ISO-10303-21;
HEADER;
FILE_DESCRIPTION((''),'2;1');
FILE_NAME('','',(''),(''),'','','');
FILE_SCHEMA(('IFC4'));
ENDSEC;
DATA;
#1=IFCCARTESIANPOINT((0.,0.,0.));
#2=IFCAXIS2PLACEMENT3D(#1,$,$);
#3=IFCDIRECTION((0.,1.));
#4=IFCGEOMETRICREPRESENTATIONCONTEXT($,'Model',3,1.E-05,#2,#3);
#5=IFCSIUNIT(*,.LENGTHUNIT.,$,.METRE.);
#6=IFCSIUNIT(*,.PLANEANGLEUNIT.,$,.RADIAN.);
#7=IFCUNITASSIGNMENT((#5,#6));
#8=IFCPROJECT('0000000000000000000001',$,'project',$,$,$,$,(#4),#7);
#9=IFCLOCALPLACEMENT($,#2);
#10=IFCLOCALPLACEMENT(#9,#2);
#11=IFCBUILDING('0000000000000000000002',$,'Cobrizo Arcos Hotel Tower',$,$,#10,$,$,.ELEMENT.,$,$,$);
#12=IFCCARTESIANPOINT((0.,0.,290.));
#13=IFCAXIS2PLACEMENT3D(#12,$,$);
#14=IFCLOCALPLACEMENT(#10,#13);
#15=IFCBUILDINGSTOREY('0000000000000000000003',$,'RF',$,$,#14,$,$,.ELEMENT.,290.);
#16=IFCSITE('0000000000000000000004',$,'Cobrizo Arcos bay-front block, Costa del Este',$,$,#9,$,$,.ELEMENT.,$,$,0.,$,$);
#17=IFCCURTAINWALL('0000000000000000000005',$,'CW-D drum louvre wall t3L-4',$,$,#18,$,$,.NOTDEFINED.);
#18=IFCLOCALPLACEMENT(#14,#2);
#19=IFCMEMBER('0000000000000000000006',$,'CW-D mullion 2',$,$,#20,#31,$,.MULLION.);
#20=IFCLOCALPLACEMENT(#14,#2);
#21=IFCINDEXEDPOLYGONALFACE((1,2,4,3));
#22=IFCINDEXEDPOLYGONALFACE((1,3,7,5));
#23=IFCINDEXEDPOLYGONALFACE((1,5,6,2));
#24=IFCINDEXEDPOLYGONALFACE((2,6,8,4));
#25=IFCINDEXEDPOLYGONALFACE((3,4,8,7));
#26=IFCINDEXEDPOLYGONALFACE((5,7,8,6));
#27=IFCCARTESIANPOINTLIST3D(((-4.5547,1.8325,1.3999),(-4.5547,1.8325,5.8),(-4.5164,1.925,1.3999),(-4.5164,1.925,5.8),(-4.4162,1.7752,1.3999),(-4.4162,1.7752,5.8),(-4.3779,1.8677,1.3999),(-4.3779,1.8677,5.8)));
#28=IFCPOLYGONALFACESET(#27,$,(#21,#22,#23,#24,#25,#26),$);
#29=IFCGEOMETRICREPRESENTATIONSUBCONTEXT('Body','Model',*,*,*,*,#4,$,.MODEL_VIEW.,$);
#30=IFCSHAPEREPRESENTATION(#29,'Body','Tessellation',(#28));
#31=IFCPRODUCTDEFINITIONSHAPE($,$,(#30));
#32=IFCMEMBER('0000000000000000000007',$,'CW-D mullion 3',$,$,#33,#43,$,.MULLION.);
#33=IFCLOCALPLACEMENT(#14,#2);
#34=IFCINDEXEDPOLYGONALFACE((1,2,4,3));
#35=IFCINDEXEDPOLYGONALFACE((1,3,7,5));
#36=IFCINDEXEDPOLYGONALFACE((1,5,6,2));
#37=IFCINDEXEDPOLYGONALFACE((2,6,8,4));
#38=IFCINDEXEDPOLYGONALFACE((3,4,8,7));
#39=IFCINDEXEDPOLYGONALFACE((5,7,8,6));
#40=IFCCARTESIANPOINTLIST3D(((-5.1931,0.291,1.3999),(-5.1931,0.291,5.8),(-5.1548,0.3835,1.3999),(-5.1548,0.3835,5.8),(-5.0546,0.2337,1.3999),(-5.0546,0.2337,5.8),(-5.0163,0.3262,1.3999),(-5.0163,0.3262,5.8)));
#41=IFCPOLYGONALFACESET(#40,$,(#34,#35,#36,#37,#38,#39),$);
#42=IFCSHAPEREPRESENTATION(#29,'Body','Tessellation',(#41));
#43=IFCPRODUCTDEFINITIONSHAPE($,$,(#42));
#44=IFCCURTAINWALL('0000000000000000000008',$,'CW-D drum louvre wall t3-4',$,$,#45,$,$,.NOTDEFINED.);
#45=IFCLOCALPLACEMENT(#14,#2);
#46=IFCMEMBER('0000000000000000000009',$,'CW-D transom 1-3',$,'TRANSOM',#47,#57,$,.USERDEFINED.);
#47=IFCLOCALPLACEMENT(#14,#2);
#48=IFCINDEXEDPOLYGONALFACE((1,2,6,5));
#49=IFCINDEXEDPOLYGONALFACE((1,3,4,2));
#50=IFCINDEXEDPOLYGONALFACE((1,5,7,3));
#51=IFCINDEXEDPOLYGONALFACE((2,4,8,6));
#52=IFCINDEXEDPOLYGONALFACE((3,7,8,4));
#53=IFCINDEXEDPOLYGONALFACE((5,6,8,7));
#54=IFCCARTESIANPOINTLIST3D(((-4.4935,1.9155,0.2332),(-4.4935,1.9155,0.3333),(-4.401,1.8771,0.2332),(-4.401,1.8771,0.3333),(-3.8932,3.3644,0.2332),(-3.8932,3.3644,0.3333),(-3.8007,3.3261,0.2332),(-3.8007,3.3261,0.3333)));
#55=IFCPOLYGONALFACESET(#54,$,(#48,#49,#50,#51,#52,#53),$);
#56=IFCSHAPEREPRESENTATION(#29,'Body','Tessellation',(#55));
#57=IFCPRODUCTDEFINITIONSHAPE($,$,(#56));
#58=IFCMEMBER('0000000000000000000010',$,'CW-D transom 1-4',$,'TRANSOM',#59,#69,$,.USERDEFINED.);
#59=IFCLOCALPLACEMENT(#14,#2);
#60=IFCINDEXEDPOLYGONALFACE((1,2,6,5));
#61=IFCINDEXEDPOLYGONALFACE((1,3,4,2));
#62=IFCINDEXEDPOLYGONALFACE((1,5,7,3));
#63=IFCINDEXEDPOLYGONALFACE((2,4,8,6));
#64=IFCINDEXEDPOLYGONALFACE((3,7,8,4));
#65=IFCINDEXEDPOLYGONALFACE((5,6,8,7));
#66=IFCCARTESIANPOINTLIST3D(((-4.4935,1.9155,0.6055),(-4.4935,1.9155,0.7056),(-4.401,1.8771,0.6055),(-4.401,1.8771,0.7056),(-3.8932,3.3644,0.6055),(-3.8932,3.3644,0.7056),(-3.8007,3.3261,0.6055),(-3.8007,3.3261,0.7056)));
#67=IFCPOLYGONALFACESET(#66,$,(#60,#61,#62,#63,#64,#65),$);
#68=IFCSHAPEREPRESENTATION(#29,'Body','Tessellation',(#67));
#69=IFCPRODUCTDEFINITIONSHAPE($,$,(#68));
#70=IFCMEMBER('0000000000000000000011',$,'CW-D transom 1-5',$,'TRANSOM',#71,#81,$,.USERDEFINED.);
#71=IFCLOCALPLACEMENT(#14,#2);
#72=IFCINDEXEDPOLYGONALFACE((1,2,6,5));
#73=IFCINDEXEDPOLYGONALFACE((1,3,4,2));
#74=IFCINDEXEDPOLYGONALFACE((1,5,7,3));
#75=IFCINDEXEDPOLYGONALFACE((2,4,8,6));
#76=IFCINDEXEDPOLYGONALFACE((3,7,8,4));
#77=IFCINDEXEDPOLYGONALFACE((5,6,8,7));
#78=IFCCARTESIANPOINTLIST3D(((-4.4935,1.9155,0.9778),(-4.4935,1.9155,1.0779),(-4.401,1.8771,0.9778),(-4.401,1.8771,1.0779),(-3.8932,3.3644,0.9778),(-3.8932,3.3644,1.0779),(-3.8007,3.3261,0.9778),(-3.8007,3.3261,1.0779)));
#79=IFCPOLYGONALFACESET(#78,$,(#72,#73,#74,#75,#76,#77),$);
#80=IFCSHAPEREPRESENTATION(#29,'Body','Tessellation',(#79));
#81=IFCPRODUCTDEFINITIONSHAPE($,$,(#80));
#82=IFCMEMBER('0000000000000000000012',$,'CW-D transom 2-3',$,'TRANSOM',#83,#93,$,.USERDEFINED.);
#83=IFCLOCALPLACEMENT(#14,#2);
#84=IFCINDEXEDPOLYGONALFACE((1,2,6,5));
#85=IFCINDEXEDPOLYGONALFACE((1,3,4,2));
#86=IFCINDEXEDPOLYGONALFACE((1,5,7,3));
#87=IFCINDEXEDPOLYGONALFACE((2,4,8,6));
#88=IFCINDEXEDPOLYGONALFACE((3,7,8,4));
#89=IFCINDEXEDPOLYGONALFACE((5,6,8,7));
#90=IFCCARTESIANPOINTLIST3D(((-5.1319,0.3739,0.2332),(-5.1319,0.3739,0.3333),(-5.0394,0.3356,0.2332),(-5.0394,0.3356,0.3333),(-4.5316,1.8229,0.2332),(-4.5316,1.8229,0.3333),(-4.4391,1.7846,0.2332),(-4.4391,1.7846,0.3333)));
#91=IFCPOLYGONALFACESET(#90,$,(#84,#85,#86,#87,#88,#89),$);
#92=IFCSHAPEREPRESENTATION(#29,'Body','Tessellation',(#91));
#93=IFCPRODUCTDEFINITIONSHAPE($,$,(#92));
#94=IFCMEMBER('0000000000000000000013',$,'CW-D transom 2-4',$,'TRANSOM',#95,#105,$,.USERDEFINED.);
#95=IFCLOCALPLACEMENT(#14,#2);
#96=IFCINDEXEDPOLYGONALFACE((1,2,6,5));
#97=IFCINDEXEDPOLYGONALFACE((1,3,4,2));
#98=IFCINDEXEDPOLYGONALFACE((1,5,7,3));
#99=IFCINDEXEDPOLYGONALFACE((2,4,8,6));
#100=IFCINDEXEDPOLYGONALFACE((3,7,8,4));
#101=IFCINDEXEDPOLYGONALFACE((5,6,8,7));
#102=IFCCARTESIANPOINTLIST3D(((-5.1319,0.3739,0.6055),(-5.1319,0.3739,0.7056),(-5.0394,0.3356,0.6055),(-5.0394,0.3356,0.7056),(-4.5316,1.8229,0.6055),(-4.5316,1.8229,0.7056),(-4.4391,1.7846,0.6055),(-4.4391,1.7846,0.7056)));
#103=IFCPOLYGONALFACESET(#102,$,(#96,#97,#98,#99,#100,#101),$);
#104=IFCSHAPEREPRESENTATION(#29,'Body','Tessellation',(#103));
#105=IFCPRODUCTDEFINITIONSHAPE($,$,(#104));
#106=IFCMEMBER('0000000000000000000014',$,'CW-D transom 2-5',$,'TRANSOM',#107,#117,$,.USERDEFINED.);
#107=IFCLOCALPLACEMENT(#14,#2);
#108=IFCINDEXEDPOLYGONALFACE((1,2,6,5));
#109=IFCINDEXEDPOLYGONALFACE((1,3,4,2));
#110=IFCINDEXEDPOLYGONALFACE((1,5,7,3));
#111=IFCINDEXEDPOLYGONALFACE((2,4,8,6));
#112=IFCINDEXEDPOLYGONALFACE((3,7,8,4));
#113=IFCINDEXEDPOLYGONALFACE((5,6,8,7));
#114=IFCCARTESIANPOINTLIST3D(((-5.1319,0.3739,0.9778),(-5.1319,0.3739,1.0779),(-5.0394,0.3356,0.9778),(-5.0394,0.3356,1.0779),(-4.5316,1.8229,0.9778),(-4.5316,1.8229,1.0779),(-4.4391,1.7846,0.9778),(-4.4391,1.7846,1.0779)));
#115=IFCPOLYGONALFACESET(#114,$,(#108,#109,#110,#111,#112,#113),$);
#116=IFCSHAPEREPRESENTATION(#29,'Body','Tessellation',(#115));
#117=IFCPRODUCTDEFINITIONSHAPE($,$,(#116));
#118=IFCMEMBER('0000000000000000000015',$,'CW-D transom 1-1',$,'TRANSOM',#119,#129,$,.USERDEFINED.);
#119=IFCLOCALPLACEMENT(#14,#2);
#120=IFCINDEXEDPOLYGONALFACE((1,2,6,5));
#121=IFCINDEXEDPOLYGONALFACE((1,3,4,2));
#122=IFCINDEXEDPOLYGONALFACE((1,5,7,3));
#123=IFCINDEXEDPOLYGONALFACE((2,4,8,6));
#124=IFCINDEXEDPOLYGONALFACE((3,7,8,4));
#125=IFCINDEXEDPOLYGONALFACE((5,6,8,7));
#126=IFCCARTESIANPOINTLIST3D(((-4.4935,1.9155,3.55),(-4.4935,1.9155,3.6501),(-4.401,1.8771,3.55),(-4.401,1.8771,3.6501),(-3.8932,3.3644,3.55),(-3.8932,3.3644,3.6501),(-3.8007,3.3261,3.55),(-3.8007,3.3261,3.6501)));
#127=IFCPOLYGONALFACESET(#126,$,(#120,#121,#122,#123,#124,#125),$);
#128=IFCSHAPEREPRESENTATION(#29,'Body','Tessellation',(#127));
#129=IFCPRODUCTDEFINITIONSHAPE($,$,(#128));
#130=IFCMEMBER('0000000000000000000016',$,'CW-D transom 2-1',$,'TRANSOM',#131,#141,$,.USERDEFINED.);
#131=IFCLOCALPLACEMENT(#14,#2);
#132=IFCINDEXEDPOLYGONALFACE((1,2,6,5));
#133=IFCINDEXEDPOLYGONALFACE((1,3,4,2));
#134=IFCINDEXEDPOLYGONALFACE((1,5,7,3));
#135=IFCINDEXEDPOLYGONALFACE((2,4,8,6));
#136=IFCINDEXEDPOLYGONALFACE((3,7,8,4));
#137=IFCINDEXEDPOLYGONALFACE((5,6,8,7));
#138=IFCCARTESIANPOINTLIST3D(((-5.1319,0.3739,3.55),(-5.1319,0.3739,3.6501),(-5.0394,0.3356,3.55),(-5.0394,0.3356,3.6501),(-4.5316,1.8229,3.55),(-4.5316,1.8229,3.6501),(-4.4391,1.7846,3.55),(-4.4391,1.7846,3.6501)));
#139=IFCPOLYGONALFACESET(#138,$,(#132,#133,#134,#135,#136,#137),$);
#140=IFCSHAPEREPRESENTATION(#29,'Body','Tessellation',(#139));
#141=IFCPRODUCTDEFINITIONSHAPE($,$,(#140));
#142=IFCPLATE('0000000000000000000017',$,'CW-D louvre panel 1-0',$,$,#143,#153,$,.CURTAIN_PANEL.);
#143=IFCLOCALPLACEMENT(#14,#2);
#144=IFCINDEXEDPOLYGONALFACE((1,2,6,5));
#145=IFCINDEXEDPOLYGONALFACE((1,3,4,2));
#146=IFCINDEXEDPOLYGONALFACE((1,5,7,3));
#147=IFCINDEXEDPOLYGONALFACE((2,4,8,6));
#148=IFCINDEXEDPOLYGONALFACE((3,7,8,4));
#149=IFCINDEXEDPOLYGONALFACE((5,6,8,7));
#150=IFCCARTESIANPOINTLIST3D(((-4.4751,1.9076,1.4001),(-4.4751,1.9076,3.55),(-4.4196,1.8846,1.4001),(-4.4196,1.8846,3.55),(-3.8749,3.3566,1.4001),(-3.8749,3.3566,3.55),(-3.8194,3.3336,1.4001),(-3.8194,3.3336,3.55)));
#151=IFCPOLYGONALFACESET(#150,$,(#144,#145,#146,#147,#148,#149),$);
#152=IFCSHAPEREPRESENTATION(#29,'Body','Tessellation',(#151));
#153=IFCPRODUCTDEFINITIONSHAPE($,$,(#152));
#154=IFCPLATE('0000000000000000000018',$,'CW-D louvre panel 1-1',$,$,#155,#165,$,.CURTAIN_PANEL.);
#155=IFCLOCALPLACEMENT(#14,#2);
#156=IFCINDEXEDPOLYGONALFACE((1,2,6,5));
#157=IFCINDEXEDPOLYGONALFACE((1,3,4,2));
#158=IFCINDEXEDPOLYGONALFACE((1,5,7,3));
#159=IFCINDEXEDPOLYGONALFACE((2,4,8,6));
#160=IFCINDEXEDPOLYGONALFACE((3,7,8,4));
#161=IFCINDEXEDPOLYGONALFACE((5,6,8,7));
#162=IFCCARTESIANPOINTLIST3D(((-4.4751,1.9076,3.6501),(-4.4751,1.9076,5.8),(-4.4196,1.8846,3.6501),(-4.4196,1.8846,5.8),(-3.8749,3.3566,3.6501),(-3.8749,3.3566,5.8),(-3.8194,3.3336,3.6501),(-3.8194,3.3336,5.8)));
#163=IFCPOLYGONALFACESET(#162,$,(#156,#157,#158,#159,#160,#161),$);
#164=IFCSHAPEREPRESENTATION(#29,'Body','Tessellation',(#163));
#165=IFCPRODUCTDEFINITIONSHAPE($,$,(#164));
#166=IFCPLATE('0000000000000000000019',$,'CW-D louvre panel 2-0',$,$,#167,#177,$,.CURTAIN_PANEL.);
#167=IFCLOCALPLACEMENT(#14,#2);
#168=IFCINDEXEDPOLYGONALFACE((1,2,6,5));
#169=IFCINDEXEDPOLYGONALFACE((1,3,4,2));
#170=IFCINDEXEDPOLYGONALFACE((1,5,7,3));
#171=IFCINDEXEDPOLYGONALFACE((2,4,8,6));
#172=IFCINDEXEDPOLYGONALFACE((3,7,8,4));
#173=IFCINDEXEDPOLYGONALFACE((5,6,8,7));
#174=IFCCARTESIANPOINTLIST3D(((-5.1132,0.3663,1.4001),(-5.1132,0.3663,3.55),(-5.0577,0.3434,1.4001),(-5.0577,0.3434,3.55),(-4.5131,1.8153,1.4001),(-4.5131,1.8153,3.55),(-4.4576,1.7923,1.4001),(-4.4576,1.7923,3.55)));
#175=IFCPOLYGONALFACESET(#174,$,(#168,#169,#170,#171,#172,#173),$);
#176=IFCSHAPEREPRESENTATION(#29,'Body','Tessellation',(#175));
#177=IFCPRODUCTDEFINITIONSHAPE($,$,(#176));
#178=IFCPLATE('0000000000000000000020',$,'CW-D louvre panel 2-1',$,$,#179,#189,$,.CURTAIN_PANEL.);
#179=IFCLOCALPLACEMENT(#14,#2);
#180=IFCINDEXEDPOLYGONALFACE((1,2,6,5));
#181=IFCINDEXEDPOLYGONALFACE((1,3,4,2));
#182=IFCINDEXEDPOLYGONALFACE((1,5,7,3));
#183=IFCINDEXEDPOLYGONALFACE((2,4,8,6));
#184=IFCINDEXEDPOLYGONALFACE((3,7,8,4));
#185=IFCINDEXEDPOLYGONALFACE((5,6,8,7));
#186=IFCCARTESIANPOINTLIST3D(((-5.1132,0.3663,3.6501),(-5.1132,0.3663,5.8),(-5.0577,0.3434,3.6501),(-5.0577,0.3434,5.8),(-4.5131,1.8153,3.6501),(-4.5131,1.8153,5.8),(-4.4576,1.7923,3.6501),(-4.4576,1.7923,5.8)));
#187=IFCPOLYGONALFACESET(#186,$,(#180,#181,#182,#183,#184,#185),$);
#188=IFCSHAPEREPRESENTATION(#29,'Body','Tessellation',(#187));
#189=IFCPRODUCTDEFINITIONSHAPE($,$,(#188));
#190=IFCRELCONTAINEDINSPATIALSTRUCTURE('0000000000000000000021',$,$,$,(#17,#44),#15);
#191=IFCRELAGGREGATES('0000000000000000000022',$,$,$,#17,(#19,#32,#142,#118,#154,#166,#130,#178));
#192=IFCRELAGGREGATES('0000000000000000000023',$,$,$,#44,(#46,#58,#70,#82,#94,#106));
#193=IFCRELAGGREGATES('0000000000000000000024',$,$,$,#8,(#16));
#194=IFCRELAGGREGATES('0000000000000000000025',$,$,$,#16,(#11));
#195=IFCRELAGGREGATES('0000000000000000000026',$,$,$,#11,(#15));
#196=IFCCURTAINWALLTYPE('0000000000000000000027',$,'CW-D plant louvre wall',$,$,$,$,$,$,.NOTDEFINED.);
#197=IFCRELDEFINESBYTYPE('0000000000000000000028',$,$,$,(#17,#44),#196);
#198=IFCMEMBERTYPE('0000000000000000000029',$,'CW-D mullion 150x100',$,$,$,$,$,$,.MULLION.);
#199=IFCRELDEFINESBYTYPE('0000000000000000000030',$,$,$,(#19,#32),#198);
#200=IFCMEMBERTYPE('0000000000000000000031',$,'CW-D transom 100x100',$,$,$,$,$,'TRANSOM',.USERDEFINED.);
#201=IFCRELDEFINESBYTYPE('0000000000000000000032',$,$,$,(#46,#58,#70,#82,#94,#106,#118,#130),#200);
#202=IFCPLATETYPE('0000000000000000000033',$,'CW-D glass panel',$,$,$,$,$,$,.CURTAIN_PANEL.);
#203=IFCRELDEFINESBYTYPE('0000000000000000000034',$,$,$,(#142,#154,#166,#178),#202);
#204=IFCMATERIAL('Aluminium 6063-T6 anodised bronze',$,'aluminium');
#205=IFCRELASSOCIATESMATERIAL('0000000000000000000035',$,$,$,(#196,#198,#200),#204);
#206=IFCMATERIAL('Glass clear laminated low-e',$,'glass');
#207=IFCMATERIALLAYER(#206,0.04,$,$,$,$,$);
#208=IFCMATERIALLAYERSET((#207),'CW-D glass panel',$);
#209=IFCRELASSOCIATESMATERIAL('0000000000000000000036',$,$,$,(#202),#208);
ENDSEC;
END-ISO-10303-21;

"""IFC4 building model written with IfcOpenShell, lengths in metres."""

from ifc_helpers import new_model, si_unit, direction, frame, origin, origin_2d, place, context, subcontext, project, spatial, rectangle, extrude, material, layer, layer_set, material_profile, profile_set, type_object, element, aggregate, save


model = new_model("IFC4")

# Units and contexts
model_context = context("Model", 3, precision=1e-05, world=origin(), true_north=direction((0.0, 1.0)))
body_context = subcontext(model_context, "Body", "Model", "MODEL_VIEW")
ifc_project = project(units=[si_unit("LENGTHUNIT", "METRE"), si_unit("PLANEANGLEUNIT", "RADIAN")], contexts=[model_context])

# Site, building, storey
site_placement = place(None, origin())
site = spatial("IfcSite", under=ifc_project, at=site_placement, Name="Cobrizo Arcos bay-front block, Costa del Este", CompositionType="ELEMENT", RefElevation=0.0)
building_placement = place(site_placement, origin())
building = spatial("IfcBuilding", under=site, at=building_placement, Name="Cobrizo Arcos Hotel Tower", CompositionType="ELEMENT")
storey_placement = place(building_placement, frame((0.0, 0.0, 290.0)))
storey = spatial("IfcBuildingStorey", under=building, at=storey_placement, Name="RF", CompositionType="ELEMENT", Elevation=290.0)

# Curtain walls, members
ifc_material_1 = material(Name="Aluminium 6063-T6 anodised bronze", Category="aluminium")
curtain_wall_type = type_object("IfcCurtainWallType", Name="CW-D plant louvre wall", PredefinedType="NOTDEFINED", material=ifc_material_1)
curtain_wall_1_placement = place(storey_placement, origin())
curtain_wall_1 = element("IfcCurtainWall", 1, at=curtain_wall_1_placement, inside=storey, type_object=curtain_wall_type, Name="CW-D drum louvre wall t3L-4", PredefinedType="NOTDEFINED")
ifc_material_profile_1 = material_profile(ifc_material_1, rectangle(XDim=0.1499, YDim=0.1001, at=origin_2d()), Name="CW-D mullion 150x100")
ifc_profile_set_1 = profile_set([ifc_material_profile_1], Name="Aluminium 6063-T6 anodised bronze")
member_type_1 = type_object("IfcMemberType", Name="CW-D mullion 150x100", PredefinedType="MULLION", material=ifc_profile_set_1)
member_1_placement = place(storey_placement, frame((-4.4663, 1.8501, 1.3999), z_axis=(0.0, 0.0, 1.0), x_axis=(-0.92388, 0.382683, 0.0)))
member_1 = element("IfcMember", 2, at=member_1_placement, type_object=member_type_1, Name="CW-D mullion 2", PredefinedType="MULLION", context=body_context, shape_type="SweptSolid", body=[
    extrude(rectangle(XDim=0.1499, YDim=0.1001, at=origin_2d()), origin(), (0.0, 0.0, 1.0), 4.4001),
])
member_2_placement = place(storey_placement, frame((-5.1047, 0.3086, 1.3999), z_axis=(0.0, 0.0, 1.0), x_axis=(-0.92388, 0.382683, 0.0)))
member_2 = element("IfcMember", 3, at=member_2_placement, type_object=member_type_1, Name="CW-D mullion 3", PredefinedType="MULLION", context=body_context, shape_type="SweptSolid", body=[
    extrude(rectangle(XDim=0.1499, YDim=0.1001, at=origin_2d()), origin(), (0.0, 0.0, 1.0), 4.4001),
])
curtain_wall_2_placement = place(storey_placement, origin())
curtain_wall_2 = element("IfcCurtainWall", 4, at=curtain_wall_2_placement, inside=storey, type_object=curtain_wall_type, Name="CW-D drum louvre wall t3-4", PredefinedType="NOTDEFINED")
ifc_material_profile_2 = material_profile(ifc_material_1, rectangle(XDim=0.1001, YDim=0.1001, at=origin_2d()), Name="CW-D transom 100x100")
ifc_profile_set_2 = profile_set([ifc_material_profile_2], Name="Aluminium 6063-T6 anodised bronze")
member_type_2 = type_object("IfcMemberType", Name="CW-D transom 100x100", ElementType="TRANSOM", PredefinedType="USERDEFINED", material=ifc_profile_set_2)
member_3_placement = place(storey_placement, frame((-3.8469, 3.3452, 0.2832), z_axis=(-0.382769, -0.923844, 0.0), x_axis=(0.923844, -0.382769, 0.0)))
member_3 = element("IfcMember", 5, at=member_3_placement, type_object=member_type_2, Name="CW-D transom 1-3", ObjectType="TRANSOM", PredefinedType="USERDEFINED", context=body_context, shape_type="SweptSolid", body=[
    extrude(rectangle(XDim=0.1001, YDim=0.1001, at=origin_2d()), origin(), (0.0, 0.0, 1.0), 1.5684),
])
member_4_placement = place(storey_placement, frame((-3.8469, 3.3452, 0.6555), z_axis=(-0.382769, -0.923844, 0.0), x_axis=(0.923844, -0.382769, 0.0)))
member_4 = element("IfcMember", 6, at=member_4_placement, type_object=member_type_2, Name="CW-D transom 1-4", ObjectType="TRANSOM", PredefinedType="USERDEFINED", context=body_context, shape_type="SweptSolid", body=[
    extrude(rectangle(XDim=0.1001, YDim=0.1001, at=origin_2d()), origin(), (0.0, 0.0, 1.0), 1.5684),
])
member_5_placement = place(storey_placement, frame((-3.8469, 3.3452, 1.0278), z_axis=(-0.382769, -0.923844, 0.0), x_axis=(0.923844, -0.382769, 0.0)))
member_5 = element("IfcMember", 7, at=member_5_placement, type_object=member_type_2, Name="CW-D transom 1-5", ObjectType="TRANSOM", PredefinedType="USERDEFINED", context=body_context, shape_type="SweptSolid", body=[
    extrude(rectangle(XDim=0.1001, YDim=0.1001, at=origin_2d()), origin(), (0.0, 0.0, 1.0), 1.5684),
])
member_6_placement = place(storey_placement, frame((-4.4854, 1.8037, 0.2832), z_axis=(-0.382769, -0.923844, 0.0), x_axis=(0.923844, -0.382769, 0.0)))
member_6 = element("IfcMember", 8, at=member_6_placement, type_object=member_type_2, Name="CW-D transom 2-3", ObjectType="TRANSOM", PredefinedType="USERDEFINED", context=body_context, shape_type="SweptSolid", body=[
    extrude(rectangle(XDim=0.1001, YDim=0.1001, at=origin_2d()), origin(), (0.0, 0.0, 1.0), 1.5684),
])
member_7_placement = place(storey_placement, frame((-4.4854, 1.8037, 0.6555), z_axis=(-0.382769, -0.923844, 0.0), x_axis=(0.923844, -0.382769, 0.0)))
member_7 = element("IfcMember", 9, at=member_7_placement, type_object=member_type_2, Name="CW-D transom 2-4", ObjectType="TRANSOM", PredefinedType="USERDEFINED", context=body_context, shape_type="SweptSolid", body=[
    extrude(rectangle(XDim=0.1001, YDim=0.1001, at=origin_2d()), origin(), (0.0, 0.0, 1.0), 1.5684),
])
member_8_placement = place(storey_placement, frame((-4.4854, 1.8037, 1.0278), z_axis=(-0.382769, -0.923844, 0.0), x_axis=(0.923844, -0.382769, 0.0)))
member_8 = element("IfcMember", 10, at=member_8_placement, type_object=member_type_2, Name="CW-D transom 2-5", ObjectType="TRANSOM", PredefinedType="USERDEFINED", context=body_context, shape_type="SweptSolid", body=[
    extrude(rectangle(XDim=0.1001, YDim=0.1001, at=origin_2d()), origin(), (0.0, 0.0, 1.0), 1.5684),
])

# Members
member_9_placement = place(storey_placement, frame((-3.8469, 3.3452, 3.6001), z_axis=(-0.382769, -0.923844, 0.0), x_axis=(0.923844, -0.382769, 0.0)))
member_9 = element("IfcMember", 11, at=member_9_placement, type_object=member_type_2, Name="CW-D transom 1-1", ObjectType="TRANSOM", PredefinedType="USERDEFINED", context=body_context, shape_type="SweptSolid", body=[
    extrude(rectangle(XDim=0.1001, YDim=0.1001, at=origin_2d()), origin(), (0.0, 0.0, 1.0), 1.5684),
])
member_10_placement = place(storey_placement, frame((-4.4854, 1.8037, 3.6001), z_axis=(-0.382769, -0.923844, 0.0), x_axis=(0.923844, -0.382769, 0.0)))
member_10 = element("IfcMember", 12, at=member_10_placement, type_object=member_type_2, Name="CW-D transom 2-1", ObjectType="TRANSOM", PredefinedType="USERDEFINED", context=body_context, shape_type="SweptSolid", body=[
    extrude(rectangle(XDim=0.1001, YDim=0.1001, at=origin_2d()), origin(), (0.0, 0.0, 1.0), 1.5684),
])

# Plates
ifc_material_2 = material(Name="Glass clear laminated low-e", Category="glass")
ifc_layer_1 = layer(ifc_material_2, 0.04)
ifc_layer_set_1 = layer_set([ifc_layer_1], Name="CW-D glass panel")
plate_type_1 = type_object("IfcPlateType", Name="CW-D glass panel", PredefinedType="CURTAIN_PANEL", material=ifc_layer_set_1)
plate_1_placement = place(storey_placement, frame((-4.1472, 2.6206, 1.4001), z_axis=(0.0, 0.0, 1.0), x_axis=(-0.382683, -0.92388, 0.0)))
plate_1 = element("IfcPlate", 13, at=plate_1_placement, type_object=plate_type_1, Name="CW-D louvre panel 1-0", PredefinedType="CURTAIN_PANEL", context=body_context, shape_type="SweptSolid", body=[
    extrude(rectangle(XDim=1.5684, YDim=0.0601, at=origin_2d()), origin(), (0.0, 0.0, 1.0), 2.1499),
])
plate_2_placement = place(storey_placement, frame((-4.1472, 2.6206, 3.6501), z_axis=(0.0, 0.0, 1.0), x_axis=(-0.382683, -0.92388, 0.0)))
plate_2 = element("IfcPlate", 14, at=plate_2_placement, type_object=plate_type_1, Name="CW-D louvre panel 1-1", PredefinedType="CURTAIN_PANEL", context=body_context, shape_type="SweptSolid", body=[
    extrude(rectangle(XDim=1.5684, YDim=0.0601, at=origin_2d()), origin(), (0.0, 0.0, 1.0), 2.1499),
])
plate_3_placement = place(storey_placement, frame((-4.7854, 1.0793, 1.4001), z_axis=(0.0, 0.0, 1.0), x_axis=(-0.382683, -0.92388, 0.0)))
plate_3 = element("IfcPlate", 15, at=plate_3_placement, type_object=plate_type_1, Name="CW-D louvre panel 2-0", PredefinedType="CURTAIN_PANEL", context=body_context, shape_type="SweptSolid", body=[
    extrude(rectangle(XDim=1.5684, YDim=0.0601, at=origin_2d()), origin(), (0.0, 0.0, 1.0), 2.1499),
])
plate_4_placement = place(storey_placement, frame((-4.7854, 1.0793, 3.6501), z_axis=(0.0, 0.0, 1.0), x_axis=(-0.382683, -0.92388, 0.0)))
plate_4 = element("IfcPlate", 16, at=plate_4_placement, type_object=plate_type_1, Name="CW-D louvre panel 2-1", PredefinedType="CURTAIN_PANEL", context=body_context, shape_type="SweptSolid", body=[
    extrude(rectangle(XDim=1.5684, YDim=0.0601, at=origin_2d()), origin(), (0.0, 0.0, 1.0), 2.1499),
])
aggregate(curtain_wall_1, [member_1, member_2, plate_1, member_9, plate_2, plate_3, member_10, plate_4])
aggregate(curtain_wall_2, [member_3, member_4, member_5, member_6, member_7, member_8])

save(model, "model.ifc")
